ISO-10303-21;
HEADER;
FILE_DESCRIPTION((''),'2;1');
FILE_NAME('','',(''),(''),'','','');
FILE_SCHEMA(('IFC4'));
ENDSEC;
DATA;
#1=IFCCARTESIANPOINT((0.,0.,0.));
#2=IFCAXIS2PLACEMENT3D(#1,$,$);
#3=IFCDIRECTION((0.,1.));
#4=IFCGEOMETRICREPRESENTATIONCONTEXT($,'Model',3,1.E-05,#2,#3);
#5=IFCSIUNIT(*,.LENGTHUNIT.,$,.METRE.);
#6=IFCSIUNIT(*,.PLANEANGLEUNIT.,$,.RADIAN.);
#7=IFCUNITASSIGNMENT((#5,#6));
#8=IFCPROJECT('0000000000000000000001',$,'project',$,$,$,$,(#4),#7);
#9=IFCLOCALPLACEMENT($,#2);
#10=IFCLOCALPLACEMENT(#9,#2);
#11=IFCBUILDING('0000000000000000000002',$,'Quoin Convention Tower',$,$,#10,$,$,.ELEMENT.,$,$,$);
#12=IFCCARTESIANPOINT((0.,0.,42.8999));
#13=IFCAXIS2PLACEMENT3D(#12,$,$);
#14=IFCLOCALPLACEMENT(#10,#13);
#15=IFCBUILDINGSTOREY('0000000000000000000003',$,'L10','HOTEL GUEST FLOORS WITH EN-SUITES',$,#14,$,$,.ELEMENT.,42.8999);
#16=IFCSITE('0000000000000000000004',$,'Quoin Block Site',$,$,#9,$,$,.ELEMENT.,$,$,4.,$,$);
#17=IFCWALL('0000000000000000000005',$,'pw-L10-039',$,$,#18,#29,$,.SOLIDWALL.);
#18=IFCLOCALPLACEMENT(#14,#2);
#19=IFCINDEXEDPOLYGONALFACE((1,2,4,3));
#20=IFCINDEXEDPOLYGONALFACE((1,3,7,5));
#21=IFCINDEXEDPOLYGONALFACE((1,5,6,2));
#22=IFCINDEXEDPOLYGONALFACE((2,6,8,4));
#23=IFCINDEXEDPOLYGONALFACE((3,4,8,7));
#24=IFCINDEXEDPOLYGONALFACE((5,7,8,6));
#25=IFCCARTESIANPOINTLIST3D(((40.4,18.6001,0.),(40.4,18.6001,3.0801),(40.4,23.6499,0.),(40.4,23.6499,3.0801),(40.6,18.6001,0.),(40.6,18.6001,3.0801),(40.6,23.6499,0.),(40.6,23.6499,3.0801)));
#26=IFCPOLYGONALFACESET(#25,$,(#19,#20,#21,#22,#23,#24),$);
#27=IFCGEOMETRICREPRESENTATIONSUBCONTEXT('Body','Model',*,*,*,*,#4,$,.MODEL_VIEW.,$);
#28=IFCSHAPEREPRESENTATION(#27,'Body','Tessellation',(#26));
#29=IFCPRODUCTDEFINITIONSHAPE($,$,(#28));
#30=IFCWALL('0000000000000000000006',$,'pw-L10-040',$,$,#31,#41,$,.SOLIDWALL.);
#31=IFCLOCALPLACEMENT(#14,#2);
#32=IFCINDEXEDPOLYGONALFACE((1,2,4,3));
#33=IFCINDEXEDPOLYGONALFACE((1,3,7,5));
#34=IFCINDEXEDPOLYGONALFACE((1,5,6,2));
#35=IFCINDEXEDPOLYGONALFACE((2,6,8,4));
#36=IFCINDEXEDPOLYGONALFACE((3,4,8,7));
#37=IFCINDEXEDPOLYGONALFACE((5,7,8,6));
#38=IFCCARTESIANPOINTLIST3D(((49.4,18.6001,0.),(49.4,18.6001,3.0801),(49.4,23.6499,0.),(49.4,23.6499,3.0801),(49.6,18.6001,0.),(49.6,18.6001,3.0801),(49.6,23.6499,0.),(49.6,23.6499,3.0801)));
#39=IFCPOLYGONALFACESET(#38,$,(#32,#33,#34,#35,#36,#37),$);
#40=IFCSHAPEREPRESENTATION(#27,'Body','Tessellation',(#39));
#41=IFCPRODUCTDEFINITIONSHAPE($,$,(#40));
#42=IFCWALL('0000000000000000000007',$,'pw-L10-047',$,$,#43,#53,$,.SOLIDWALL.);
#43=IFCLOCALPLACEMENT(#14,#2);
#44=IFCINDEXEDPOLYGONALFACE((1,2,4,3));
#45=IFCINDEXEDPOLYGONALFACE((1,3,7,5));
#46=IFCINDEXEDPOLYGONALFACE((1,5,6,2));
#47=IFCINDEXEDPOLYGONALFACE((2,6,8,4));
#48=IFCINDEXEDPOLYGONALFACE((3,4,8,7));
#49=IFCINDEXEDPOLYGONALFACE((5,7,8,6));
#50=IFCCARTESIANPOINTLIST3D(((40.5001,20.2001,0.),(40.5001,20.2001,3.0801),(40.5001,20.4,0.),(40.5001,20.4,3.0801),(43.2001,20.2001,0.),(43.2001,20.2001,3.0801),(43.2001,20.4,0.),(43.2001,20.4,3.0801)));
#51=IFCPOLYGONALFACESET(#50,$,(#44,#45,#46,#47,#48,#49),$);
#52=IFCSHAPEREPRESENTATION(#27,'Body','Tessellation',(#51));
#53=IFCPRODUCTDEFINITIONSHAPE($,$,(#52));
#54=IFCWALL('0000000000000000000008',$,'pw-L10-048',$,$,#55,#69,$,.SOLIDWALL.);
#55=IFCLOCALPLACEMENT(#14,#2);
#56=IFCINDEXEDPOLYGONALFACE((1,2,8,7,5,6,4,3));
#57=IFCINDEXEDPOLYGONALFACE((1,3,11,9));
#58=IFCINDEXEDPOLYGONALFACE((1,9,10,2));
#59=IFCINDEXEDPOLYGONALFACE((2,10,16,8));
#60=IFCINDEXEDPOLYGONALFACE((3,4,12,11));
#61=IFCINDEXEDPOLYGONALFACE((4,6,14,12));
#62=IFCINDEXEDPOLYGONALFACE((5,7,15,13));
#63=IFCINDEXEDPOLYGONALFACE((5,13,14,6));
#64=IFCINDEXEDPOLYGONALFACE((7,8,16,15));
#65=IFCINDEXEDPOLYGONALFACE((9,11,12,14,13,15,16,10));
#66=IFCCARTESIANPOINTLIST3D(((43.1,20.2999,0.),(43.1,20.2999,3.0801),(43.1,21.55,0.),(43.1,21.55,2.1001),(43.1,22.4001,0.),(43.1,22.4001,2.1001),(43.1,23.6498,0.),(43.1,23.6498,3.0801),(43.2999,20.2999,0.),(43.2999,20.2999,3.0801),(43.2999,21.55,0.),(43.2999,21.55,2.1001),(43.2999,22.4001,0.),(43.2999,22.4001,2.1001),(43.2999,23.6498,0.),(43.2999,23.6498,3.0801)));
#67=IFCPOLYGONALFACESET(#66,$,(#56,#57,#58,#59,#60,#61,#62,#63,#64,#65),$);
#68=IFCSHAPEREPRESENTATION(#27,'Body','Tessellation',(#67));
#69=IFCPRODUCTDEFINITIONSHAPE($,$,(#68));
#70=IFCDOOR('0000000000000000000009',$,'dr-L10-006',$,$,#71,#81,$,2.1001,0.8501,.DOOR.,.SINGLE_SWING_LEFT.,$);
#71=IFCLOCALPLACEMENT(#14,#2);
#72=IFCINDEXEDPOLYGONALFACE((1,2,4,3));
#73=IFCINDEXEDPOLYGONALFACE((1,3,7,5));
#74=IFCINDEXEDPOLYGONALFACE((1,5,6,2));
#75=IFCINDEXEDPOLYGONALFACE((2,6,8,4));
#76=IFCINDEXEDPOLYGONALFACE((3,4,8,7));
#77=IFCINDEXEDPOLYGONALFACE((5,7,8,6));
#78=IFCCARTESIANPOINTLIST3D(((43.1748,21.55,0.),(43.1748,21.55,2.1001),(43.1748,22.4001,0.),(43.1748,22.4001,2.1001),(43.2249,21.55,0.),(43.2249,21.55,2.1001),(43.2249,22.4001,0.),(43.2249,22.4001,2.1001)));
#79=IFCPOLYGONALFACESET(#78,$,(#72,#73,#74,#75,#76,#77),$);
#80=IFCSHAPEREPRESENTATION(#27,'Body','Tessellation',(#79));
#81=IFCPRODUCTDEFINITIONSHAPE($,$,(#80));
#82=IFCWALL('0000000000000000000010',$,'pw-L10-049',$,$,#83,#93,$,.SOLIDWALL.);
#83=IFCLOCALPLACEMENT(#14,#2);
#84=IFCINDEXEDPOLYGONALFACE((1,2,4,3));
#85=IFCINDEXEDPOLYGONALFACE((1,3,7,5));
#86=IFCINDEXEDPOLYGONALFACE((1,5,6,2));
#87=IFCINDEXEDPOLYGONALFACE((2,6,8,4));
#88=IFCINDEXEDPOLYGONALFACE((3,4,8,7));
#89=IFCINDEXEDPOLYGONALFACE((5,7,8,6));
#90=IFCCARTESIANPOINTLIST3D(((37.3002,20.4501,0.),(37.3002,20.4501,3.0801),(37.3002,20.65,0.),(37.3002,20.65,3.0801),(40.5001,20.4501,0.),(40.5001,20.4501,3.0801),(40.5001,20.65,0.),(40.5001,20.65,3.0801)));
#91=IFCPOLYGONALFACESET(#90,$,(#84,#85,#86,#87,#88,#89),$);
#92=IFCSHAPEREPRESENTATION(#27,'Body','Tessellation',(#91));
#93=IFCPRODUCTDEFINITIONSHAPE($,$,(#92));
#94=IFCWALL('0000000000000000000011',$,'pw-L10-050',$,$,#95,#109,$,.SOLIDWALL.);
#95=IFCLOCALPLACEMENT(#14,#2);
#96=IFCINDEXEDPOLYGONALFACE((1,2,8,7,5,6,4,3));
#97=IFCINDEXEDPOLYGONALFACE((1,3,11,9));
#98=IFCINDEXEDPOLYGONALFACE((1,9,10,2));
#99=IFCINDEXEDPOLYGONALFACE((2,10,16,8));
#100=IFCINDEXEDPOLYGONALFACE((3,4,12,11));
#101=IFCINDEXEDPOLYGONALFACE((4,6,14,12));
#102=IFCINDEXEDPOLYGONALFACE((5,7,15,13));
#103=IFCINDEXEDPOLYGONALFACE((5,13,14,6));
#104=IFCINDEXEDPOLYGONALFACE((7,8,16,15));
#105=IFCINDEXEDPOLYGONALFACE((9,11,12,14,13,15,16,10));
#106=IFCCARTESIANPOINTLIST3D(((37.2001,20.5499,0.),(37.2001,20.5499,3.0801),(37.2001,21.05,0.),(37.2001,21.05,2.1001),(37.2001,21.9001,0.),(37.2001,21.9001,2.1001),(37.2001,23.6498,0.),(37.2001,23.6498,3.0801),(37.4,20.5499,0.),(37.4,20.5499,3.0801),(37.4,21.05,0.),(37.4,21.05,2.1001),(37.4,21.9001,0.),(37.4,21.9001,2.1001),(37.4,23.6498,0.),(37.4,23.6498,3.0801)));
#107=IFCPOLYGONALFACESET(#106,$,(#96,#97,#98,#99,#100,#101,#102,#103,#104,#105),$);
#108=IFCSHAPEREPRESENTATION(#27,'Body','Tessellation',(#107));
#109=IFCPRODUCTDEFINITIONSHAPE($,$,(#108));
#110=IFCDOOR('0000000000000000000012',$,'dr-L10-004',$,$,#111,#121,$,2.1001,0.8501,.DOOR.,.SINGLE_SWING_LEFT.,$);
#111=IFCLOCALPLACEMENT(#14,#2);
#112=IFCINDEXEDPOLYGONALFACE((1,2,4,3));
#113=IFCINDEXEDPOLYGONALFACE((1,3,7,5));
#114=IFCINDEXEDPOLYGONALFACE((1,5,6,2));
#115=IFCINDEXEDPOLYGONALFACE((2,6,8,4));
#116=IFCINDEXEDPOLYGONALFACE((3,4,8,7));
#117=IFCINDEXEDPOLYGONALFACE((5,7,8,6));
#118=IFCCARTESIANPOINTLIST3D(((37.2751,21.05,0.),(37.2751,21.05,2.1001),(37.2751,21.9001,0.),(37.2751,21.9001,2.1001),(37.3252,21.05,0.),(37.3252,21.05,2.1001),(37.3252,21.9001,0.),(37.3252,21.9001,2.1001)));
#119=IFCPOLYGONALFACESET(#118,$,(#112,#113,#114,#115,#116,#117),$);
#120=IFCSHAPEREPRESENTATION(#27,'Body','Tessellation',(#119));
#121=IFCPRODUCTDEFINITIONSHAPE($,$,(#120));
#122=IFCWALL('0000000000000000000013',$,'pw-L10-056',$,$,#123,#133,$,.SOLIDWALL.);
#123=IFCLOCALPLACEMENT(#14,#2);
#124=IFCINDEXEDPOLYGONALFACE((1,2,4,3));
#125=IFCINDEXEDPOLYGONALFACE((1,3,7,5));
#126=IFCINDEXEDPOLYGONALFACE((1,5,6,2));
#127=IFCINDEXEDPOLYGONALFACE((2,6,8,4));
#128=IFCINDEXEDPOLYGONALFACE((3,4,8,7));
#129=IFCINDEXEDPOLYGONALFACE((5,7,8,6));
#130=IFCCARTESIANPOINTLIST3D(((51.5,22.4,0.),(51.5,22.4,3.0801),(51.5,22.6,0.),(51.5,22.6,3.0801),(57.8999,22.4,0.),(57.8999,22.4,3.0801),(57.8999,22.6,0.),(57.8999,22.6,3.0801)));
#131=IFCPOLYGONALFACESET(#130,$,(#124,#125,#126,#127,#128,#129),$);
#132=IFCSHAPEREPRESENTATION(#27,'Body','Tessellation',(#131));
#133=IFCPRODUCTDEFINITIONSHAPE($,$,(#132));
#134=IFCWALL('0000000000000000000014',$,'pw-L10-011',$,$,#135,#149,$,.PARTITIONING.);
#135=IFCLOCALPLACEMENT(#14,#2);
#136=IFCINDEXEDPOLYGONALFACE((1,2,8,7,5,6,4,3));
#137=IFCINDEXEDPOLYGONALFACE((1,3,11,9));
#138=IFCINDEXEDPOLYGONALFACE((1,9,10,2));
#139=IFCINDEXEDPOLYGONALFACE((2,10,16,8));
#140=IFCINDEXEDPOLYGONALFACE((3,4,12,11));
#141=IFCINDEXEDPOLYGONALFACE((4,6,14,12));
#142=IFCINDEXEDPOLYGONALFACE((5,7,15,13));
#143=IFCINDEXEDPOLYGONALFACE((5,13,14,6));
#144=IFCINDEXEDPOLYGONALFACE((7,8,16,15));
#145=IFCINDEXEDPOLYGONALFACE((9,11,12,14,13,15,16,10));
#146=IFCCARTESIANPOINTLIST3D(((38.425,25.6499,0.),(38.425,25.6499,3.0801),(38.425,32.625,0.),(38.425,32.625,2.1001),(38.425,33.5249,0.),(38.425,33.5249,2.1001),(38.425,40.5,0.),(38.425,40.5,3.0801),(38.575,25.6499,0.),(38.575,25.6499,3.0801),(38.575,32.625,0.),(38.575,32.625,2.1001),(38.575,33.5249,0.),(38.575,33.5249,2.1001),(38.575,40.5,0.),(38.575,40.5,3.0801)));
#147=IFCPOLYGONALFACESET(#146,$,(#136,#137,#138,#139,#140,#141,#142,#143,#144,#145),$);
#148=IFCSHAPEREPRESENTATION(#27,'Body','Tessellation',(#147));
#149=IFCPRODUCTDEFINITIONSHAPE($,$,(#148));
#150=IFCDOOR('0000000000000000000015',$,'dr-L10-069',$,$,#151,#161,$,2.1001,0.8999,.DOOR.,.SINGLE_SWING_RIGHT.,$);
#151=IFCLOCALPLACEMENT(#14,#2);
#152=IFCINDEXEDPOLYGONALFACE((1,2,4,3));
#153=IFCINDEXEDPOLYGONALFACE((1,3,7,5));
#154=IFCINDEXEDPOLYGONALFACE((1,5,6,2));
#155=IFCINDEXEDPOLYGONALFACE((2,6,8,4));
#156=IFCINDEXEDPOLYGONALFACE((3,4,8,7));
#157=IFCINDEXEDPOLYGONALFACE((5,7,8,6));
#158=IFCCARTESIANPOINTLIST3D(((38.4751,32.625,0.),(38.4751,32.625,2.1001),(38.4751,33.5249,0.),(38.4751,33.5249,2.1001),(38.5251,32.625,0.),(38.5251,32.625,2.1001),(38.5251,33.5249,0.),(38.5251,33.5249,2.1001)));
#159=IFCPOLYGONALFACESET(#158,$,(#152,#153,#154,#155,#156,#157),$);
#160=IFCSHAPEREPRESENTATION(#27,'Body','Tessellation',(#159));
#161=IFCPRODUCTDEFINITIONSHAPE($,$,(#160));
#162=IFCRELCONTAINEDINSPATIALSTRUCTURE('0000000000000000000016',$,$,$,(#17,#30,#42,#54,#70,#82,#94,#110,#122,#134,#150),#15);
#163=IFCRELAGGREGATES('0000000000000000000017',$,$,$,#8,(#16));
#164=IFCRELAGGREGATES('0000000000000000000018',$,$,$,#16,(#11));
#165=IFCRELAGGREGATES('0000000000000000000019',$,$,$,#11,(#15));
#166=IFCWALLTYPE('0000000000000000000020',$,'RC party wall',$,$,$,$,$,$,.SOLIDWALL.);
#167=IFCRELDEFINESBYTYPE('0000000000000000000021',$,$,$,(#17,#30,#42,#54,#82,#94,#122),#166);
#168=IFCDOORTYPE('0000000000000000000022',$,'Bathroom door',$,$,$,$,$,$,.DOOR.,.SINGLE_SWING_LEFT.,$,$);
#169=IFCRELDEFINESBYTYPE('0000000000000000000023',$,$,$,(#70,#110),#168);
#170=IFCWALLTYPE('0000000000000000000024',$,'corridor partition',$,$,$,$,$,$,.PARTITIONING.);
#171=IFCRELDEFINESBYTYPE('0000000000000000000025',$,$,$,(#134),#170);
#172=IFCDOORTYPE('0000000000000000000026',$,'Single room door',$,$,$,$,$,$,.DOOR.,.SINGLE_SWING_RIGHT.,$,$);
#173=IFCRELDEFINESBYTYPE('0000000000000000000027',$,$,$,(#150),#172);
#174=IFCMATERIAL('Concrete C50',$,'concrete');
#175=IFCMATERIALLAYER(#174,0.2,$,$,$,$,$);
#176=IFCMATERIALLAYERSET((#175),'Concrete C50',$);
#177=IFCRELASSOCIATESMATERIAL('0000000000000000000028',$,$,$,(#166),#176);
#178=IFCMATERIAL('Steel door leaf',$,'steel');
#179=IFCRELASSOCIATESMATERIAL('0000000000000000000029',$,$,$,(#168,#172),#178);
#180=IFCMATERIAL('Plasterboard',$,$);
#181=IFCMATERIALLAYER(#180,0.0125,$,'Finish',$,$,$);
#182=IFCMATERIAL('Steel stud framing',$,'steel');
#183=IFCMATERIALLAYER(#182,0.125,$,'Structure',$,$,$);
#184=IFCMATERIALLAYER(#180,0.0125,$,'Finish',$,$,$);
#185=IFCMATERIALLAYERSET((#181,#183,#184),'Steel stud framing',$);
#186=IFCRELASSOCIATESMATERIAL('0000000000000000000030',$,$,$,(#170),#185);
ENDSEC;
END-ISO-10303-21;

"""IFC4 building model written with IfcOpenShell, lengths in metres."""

from ifc_helpers import new_model, si_unit, direction, frame, frame_2d, origin, place, context, subcontext, project, spatial, rectangle, extrude, material, layer, layer_set, type_object, element, fill, save


model = new_model("IFC4")

# Units and contexts
model_context = context("Model", 3, precision=1e-05, world=origin(), true_north=direction((0.0, 1.0)))
body_context = subcontext(model_context, "Body", "Model", "MODEL_VIEW")
ifc_project = project(units=[si_unit("LENGTHUNIT", "METRE"), si_unit("PLANEANGLEUNIT", "RADIAN")], contexts=[model_context])

# Site, building, storey
site_placement = place(None, origin())
site = spatial("IfcSite", under=ifc_project, at=site_placement, Name="Quoin Block Site", CompositionType="ELEMENT", RefElevation=4.0)
building_placement = place(site_placement, origin())
building = spatial("IfcBuilding", under=site, at=building_placement, Name="Quoin Convention Tower", CompositionType="ELEMENT")
storey_placement = place(building_placement, frame((0.0, 0.0, 42.8999)))
storey = spatial("IfcBuildingStorey", under=building, at=storey_placement, Name="L10", Description="HOTEL GUEST FLOORS WITH EN-SUITES", CompositionType="ELEMENT", Elevation=42.8999)

# Shared definitions
ifc_material_1 = material(Name="Concrete C50", Category="concrete")

# Shared definitions
ifc_material_2 = material(Name="Steel door leaf", Category="steel")

# Walls
ifc_layer_1 = layer(ifc_material_1, 0.2)
ifc_layer_set_1 = layer_set([ifc_layer_1], Name="Concrete C50")
wall_type_1 = type_object("IfcWallType", Name="RC party wall", PredefinedType="SOLIDWALL", material=ifc_layer_set_1)
for number, where, z_axis, x_axis, name in (
    (1, (40.5, 18.6001, 0.0), (0.0, 0.0, 1.0), (0.0, 1.0, 0.0), "pw-L10-039"),
    (2, (49.5, 18.6001, 0.0), (0.0, 0.0, 1.0), (0.0, 1.0, 0.0), "pw-L10-040"),
):
    element("IfcWall", number, at=place(storey_placement, frame(where, z_axis=z_axis, x_axis=x_axis)), inside=storey, type_object=wall_type_1, Name=name, PredefinedType="SOLIDWALL", context=body_context, shape_type="SweptSolid", body=[
        extrude(rectangle(XDim=5.0498, YDim=0.2, at=frame_2d((2.5249, 0.0))), origin(), (0.0, 0.0, 1.0), 3.0801),
    ])
wall_1_placement = place(storey_placement, frame((40.5, 20.3, 0.0), z_axis=(0.0, 0.0, 1.0), x_axis=(1.0, 0.0, 0.0)))
element("IfcWall", 3, at=wall_1_placement, inside=storey, type_object=wall_type_1, Name="pw-L10-047", PredefinedType="SOLIDWALL", context=body_context, shape_type="SweptSolid", body=[
    extrude(rectangle(XDim=2.7, YDim=0.2, at=frame_2d((1.3501, 0.0))), origin(), (0.0, 0.0, 1.0), 3.0801),
])

# Wall, opening, door
wall_2_placement = place(storey_placement, frame((43.2, 20.3, 0.0), z_axis=(0.0, 0.0, 1.0), x_axis=(0.0, 1.0, 0.0)))
wall_2 = element("IfcWall", 4, at=wall_2_placement, inside=storey, type_object=wall_type_1, Name="pw-L10-048", PredefinedType="SOLIDWALL", context=body_context, shape_type="SweptSolid", body=[
    extrude(rectangle(XDim=3.3499, YDim=0.2, at=frame_2d((1.6748, 0.0))), origin(), (0.0, 0.0, 1.0), 3.0801),
])
opening_1_placement = place(wall_2_placement, frame((1.25, 0.0, 0.0)))
opening_1 = element("IfcOpeningElement", 5, at=opening_1_placement, cuts=wall_2, PredefinedType="OPENING", context=body_context, shape_type="SweptSolid", body=[
    extrude(rectangle(XDim=0.8501, YDim=2.1001, at=frame_2d((0.425, 1.05))), frame((0.0, 0.1099, 0.0), z_axis=(0.0, -1.0, 0.0), x_axis=(1.0, 0.0, 0.0)), (0.0, 0.0, 1.0), 0.22),
])
door_type_1 = type_object("IfcDoorType", Name="Bathroom door", OperationType="SINGLE_SWING_LEFT", PredefinedType="DOOR", material=ifc_material_2)
door_1_placement = place(opening_1_placement, frame((0.8501, 0.0, 0.0), z_axis=(0.0, 0.0, 1.0), x_axis=(-1.0, 0.0, 0.0)))
door_1 = element("IfcDoor", 6, at=door_1_placement, inside=storey, type_object=door_type_1, Name="dr-L10-006", OperationType="SINGLE_SWING_LEFT", OverallHeight=2.1001, OverallWidth=0.8501, PredefinedType="DOOR", context=body_context, shape_type="SweptSolid", body=[
    extrude(rectangle(XDim=0.8501, YDim=2.1001, at=frame_2d((0.425, 1.05))), frame((0.0, 0.0249, 0.0), z_axis=(0.0, -1.0, 0.0), x_axis=(1.0, 0.0, 0.0)), (0.0, 0.0, 1.0), 0.05),
])
fill(opening_1, door_1)

# Wall
wall_3_placement = place(storey_placement, frame((37.3, 20.55, 0.0), z_axis=(0.0, 0.0, 1.0), x_axis=(1.0, 0.0, 0.0)))
element("IfcWall", 7, at=wall_3_placement, inside=storey, type_object=wall_type_1, Name="pw-L10-049", PredefinedType="SOLIDWALL", context=body_context, shape_type="SweptSolid", body=[
    extrude(rectangle(XDim=3.2, YDim=0.2, at=frame_2d((1.6001, 0.0))), origin(), (0.0, 0.0, 1.0), 3.0801),
])

# Wall, opening, door
wall_4_placement = place(storey_placement, frame((37.3, 20.55, 0.0), z_axis=(0.0, 0.0, 1.0), x_axis=(0.0, 1.0, 0.0)))
wall_4 = element("IfcWall", 8, at=wall_4_placement, inside=storey, type_object=wall_type_1, Name="pw-L10-050", PredefinedType="SOLIDWALL", context=body_context, shape_type="SweptSolid", body=[
    extrude(rectangle(XDim=3.0999, YDim=0.2, at=frame_2d((1.5498, 0.0))), origin(), (0.0, 0.0, 1.0), 3.0801),
])
opening_2_placement = place(wall_4_placement, frame((0.5, 0.0, 0.0)))
opening_2 = element("IfcOpeningElement", 9, at=opening_2_placement, cuts=wall_4, PredefinedType="OPENING", context=body_context, shape_type="SweptSolid", body=[
    extrude(rectangle(XDim=0.8501, YDim=2.1001, at=frame_2d((0.425, 1.05))), frame((0.0, 0.1099, 0.0), z_axis=(0.0, -1.0, 0.0), x_axis=(1.0, 0.0, 0.0)), (0.0, 0.0, 1.0), 0.22),
])
door_2_placement = place(opening_2_placement, origin())
door_2 = element("IfcDoor", 10, at=door_2_placement, inside=storey, type_object=door_type_1, Name="dr-L10-004", OperationType="SINGLE_SWING_LEFT", OverallHeight=2.1001, OverallWidth=0.8501, PredefinedType="DOOR", context=body_context, shape_type="SweptSolid", body=[
    extrude(rectangle(XDim=0.8501, YDim=2.1001, at=frame_2d((0.425, 1.05))), frame((0.0, 0.0249, 0.0), z_axis=(0.0, -1.0, 0.0), x_axis=(1.0, 0.0, 0.0)), (0.0, 0.0, 1.0), 0.05),
])
fill(opening_2, door_2)

# Wall
wall_5_placement = place(storey_placement, frame((51.5, 22.5, 0.0), z_axis=(0.0, 0.0, 1.0), x_axis=(1.0, 0.0, 0.0)))
element("IfcWall", 11, at=wall_5_placement, inside=storey, type_object=wall_type_1, Name="pw-L10-056", PredefinedType="SOLIDWALL", context=body_context, shape_type="SweptSolid", body=[
    extrude(rectangle(XDim=6.3999, YDim=0.2, at=frame_2d((3.2, 0.0))), origin(), (0.0, 0.0, 1.0), 3.0801),
])

# Wall, opening, door
ifc_material_3 = material(Name="Plasterboard")
ifc_layer_2 = layer(ifc_material_3, 0.0125, Name="Finish")
ifc_material_4 = material(Name="Steel stud framing", Category="steel")
ifc_layer_3 = layer(ifc_material_4, 0.125, Name="Structure")
ifc_layer_4 = layer(ifc_material_3, 0.0125, Name="Finish")
ifc_layer_set_2 = layer_set([ifc_layer_2, ifc_layer_3, ifc_layer_4], Name="Steel stud framing")
wall_type_2 = type_object("IfcWallType", Name="corridor partition", PredefinedType="PARTITIONING", material=ifc_layer_set_2)
wall_6_placement = place(storey_placement, frame((38.5, 25.6499, 0.0), z_axis=(0.0, 0.0, 1.0), x_axis=(0.0, 1.0, 0.0)))
wall_6 = element("IfcWall", 12, at=wall_6_placement, inside=storey, type_object=wall_type_2, Name="pw-L10-011", PredefinedType="PARTITIONING", context=body_context, shape_type="SweptSolid", body=[
    extrude(rectangle(XDim=14.8501, YDim=0.1499, at=frame_2d((7.425, 0.0))), origin(), (0.0, 0.0, 1.0), 3.0801),
])
opening_3_placement = place(wall_6_placement, frame((6.9751, 0.0, 0.0)))
opening_3 = element("IfcOpeningElement", 13, at=opening_3_placement, cuts=wall_6, PredefinedType="OPENING", context=body_context, shape_type="SweptSolid", body=[
    extrude(rectangle(XDim=0.8999, YDim=2.1001, at=frame_2d((0.45, 1.05))), frame((0.0, 0.085, 0.0), z_axis=(0.0, -1.0, 0.0), x_axis=(1.0, 0.0, 0.0)), (0.0, 0.0, 1.0), 0.1699),
])
door_type_2 = type_object("IfcDoorType", Name="Single room door", OperationType="SINGLE_SWING_RIGHT", PredefinedType="DOOR", material=ifc_material_2)
door_3_placement = place(opening_3_placement, origin())
door_3 = element("IfcDoor", 14, at=door_3_placement, inside=storey, type_object=door_type_2, Name="dr-L10-069", OperationType="SINGLE_SWING_RIGHT", OverallHeight=2.1001, OverallWidth=0.8999, PredefinedType="DOOR", context=body_context, shape_type="SweptSolid", body=[
    extrude(rectangle(XDim=0.8999, YDim=2.1001, at=frame_2d((0.45, 1.05))), frame((0.0, 0.0249, 0.0), z_axis=(0.0, -1.0, 0.0), x_axis=(1.0, 0.0, 0.0)), (0.0, 0.0, 1.0), 0.05),
])
fill(opening_3, door_3)

save(model, "model.ifc")
